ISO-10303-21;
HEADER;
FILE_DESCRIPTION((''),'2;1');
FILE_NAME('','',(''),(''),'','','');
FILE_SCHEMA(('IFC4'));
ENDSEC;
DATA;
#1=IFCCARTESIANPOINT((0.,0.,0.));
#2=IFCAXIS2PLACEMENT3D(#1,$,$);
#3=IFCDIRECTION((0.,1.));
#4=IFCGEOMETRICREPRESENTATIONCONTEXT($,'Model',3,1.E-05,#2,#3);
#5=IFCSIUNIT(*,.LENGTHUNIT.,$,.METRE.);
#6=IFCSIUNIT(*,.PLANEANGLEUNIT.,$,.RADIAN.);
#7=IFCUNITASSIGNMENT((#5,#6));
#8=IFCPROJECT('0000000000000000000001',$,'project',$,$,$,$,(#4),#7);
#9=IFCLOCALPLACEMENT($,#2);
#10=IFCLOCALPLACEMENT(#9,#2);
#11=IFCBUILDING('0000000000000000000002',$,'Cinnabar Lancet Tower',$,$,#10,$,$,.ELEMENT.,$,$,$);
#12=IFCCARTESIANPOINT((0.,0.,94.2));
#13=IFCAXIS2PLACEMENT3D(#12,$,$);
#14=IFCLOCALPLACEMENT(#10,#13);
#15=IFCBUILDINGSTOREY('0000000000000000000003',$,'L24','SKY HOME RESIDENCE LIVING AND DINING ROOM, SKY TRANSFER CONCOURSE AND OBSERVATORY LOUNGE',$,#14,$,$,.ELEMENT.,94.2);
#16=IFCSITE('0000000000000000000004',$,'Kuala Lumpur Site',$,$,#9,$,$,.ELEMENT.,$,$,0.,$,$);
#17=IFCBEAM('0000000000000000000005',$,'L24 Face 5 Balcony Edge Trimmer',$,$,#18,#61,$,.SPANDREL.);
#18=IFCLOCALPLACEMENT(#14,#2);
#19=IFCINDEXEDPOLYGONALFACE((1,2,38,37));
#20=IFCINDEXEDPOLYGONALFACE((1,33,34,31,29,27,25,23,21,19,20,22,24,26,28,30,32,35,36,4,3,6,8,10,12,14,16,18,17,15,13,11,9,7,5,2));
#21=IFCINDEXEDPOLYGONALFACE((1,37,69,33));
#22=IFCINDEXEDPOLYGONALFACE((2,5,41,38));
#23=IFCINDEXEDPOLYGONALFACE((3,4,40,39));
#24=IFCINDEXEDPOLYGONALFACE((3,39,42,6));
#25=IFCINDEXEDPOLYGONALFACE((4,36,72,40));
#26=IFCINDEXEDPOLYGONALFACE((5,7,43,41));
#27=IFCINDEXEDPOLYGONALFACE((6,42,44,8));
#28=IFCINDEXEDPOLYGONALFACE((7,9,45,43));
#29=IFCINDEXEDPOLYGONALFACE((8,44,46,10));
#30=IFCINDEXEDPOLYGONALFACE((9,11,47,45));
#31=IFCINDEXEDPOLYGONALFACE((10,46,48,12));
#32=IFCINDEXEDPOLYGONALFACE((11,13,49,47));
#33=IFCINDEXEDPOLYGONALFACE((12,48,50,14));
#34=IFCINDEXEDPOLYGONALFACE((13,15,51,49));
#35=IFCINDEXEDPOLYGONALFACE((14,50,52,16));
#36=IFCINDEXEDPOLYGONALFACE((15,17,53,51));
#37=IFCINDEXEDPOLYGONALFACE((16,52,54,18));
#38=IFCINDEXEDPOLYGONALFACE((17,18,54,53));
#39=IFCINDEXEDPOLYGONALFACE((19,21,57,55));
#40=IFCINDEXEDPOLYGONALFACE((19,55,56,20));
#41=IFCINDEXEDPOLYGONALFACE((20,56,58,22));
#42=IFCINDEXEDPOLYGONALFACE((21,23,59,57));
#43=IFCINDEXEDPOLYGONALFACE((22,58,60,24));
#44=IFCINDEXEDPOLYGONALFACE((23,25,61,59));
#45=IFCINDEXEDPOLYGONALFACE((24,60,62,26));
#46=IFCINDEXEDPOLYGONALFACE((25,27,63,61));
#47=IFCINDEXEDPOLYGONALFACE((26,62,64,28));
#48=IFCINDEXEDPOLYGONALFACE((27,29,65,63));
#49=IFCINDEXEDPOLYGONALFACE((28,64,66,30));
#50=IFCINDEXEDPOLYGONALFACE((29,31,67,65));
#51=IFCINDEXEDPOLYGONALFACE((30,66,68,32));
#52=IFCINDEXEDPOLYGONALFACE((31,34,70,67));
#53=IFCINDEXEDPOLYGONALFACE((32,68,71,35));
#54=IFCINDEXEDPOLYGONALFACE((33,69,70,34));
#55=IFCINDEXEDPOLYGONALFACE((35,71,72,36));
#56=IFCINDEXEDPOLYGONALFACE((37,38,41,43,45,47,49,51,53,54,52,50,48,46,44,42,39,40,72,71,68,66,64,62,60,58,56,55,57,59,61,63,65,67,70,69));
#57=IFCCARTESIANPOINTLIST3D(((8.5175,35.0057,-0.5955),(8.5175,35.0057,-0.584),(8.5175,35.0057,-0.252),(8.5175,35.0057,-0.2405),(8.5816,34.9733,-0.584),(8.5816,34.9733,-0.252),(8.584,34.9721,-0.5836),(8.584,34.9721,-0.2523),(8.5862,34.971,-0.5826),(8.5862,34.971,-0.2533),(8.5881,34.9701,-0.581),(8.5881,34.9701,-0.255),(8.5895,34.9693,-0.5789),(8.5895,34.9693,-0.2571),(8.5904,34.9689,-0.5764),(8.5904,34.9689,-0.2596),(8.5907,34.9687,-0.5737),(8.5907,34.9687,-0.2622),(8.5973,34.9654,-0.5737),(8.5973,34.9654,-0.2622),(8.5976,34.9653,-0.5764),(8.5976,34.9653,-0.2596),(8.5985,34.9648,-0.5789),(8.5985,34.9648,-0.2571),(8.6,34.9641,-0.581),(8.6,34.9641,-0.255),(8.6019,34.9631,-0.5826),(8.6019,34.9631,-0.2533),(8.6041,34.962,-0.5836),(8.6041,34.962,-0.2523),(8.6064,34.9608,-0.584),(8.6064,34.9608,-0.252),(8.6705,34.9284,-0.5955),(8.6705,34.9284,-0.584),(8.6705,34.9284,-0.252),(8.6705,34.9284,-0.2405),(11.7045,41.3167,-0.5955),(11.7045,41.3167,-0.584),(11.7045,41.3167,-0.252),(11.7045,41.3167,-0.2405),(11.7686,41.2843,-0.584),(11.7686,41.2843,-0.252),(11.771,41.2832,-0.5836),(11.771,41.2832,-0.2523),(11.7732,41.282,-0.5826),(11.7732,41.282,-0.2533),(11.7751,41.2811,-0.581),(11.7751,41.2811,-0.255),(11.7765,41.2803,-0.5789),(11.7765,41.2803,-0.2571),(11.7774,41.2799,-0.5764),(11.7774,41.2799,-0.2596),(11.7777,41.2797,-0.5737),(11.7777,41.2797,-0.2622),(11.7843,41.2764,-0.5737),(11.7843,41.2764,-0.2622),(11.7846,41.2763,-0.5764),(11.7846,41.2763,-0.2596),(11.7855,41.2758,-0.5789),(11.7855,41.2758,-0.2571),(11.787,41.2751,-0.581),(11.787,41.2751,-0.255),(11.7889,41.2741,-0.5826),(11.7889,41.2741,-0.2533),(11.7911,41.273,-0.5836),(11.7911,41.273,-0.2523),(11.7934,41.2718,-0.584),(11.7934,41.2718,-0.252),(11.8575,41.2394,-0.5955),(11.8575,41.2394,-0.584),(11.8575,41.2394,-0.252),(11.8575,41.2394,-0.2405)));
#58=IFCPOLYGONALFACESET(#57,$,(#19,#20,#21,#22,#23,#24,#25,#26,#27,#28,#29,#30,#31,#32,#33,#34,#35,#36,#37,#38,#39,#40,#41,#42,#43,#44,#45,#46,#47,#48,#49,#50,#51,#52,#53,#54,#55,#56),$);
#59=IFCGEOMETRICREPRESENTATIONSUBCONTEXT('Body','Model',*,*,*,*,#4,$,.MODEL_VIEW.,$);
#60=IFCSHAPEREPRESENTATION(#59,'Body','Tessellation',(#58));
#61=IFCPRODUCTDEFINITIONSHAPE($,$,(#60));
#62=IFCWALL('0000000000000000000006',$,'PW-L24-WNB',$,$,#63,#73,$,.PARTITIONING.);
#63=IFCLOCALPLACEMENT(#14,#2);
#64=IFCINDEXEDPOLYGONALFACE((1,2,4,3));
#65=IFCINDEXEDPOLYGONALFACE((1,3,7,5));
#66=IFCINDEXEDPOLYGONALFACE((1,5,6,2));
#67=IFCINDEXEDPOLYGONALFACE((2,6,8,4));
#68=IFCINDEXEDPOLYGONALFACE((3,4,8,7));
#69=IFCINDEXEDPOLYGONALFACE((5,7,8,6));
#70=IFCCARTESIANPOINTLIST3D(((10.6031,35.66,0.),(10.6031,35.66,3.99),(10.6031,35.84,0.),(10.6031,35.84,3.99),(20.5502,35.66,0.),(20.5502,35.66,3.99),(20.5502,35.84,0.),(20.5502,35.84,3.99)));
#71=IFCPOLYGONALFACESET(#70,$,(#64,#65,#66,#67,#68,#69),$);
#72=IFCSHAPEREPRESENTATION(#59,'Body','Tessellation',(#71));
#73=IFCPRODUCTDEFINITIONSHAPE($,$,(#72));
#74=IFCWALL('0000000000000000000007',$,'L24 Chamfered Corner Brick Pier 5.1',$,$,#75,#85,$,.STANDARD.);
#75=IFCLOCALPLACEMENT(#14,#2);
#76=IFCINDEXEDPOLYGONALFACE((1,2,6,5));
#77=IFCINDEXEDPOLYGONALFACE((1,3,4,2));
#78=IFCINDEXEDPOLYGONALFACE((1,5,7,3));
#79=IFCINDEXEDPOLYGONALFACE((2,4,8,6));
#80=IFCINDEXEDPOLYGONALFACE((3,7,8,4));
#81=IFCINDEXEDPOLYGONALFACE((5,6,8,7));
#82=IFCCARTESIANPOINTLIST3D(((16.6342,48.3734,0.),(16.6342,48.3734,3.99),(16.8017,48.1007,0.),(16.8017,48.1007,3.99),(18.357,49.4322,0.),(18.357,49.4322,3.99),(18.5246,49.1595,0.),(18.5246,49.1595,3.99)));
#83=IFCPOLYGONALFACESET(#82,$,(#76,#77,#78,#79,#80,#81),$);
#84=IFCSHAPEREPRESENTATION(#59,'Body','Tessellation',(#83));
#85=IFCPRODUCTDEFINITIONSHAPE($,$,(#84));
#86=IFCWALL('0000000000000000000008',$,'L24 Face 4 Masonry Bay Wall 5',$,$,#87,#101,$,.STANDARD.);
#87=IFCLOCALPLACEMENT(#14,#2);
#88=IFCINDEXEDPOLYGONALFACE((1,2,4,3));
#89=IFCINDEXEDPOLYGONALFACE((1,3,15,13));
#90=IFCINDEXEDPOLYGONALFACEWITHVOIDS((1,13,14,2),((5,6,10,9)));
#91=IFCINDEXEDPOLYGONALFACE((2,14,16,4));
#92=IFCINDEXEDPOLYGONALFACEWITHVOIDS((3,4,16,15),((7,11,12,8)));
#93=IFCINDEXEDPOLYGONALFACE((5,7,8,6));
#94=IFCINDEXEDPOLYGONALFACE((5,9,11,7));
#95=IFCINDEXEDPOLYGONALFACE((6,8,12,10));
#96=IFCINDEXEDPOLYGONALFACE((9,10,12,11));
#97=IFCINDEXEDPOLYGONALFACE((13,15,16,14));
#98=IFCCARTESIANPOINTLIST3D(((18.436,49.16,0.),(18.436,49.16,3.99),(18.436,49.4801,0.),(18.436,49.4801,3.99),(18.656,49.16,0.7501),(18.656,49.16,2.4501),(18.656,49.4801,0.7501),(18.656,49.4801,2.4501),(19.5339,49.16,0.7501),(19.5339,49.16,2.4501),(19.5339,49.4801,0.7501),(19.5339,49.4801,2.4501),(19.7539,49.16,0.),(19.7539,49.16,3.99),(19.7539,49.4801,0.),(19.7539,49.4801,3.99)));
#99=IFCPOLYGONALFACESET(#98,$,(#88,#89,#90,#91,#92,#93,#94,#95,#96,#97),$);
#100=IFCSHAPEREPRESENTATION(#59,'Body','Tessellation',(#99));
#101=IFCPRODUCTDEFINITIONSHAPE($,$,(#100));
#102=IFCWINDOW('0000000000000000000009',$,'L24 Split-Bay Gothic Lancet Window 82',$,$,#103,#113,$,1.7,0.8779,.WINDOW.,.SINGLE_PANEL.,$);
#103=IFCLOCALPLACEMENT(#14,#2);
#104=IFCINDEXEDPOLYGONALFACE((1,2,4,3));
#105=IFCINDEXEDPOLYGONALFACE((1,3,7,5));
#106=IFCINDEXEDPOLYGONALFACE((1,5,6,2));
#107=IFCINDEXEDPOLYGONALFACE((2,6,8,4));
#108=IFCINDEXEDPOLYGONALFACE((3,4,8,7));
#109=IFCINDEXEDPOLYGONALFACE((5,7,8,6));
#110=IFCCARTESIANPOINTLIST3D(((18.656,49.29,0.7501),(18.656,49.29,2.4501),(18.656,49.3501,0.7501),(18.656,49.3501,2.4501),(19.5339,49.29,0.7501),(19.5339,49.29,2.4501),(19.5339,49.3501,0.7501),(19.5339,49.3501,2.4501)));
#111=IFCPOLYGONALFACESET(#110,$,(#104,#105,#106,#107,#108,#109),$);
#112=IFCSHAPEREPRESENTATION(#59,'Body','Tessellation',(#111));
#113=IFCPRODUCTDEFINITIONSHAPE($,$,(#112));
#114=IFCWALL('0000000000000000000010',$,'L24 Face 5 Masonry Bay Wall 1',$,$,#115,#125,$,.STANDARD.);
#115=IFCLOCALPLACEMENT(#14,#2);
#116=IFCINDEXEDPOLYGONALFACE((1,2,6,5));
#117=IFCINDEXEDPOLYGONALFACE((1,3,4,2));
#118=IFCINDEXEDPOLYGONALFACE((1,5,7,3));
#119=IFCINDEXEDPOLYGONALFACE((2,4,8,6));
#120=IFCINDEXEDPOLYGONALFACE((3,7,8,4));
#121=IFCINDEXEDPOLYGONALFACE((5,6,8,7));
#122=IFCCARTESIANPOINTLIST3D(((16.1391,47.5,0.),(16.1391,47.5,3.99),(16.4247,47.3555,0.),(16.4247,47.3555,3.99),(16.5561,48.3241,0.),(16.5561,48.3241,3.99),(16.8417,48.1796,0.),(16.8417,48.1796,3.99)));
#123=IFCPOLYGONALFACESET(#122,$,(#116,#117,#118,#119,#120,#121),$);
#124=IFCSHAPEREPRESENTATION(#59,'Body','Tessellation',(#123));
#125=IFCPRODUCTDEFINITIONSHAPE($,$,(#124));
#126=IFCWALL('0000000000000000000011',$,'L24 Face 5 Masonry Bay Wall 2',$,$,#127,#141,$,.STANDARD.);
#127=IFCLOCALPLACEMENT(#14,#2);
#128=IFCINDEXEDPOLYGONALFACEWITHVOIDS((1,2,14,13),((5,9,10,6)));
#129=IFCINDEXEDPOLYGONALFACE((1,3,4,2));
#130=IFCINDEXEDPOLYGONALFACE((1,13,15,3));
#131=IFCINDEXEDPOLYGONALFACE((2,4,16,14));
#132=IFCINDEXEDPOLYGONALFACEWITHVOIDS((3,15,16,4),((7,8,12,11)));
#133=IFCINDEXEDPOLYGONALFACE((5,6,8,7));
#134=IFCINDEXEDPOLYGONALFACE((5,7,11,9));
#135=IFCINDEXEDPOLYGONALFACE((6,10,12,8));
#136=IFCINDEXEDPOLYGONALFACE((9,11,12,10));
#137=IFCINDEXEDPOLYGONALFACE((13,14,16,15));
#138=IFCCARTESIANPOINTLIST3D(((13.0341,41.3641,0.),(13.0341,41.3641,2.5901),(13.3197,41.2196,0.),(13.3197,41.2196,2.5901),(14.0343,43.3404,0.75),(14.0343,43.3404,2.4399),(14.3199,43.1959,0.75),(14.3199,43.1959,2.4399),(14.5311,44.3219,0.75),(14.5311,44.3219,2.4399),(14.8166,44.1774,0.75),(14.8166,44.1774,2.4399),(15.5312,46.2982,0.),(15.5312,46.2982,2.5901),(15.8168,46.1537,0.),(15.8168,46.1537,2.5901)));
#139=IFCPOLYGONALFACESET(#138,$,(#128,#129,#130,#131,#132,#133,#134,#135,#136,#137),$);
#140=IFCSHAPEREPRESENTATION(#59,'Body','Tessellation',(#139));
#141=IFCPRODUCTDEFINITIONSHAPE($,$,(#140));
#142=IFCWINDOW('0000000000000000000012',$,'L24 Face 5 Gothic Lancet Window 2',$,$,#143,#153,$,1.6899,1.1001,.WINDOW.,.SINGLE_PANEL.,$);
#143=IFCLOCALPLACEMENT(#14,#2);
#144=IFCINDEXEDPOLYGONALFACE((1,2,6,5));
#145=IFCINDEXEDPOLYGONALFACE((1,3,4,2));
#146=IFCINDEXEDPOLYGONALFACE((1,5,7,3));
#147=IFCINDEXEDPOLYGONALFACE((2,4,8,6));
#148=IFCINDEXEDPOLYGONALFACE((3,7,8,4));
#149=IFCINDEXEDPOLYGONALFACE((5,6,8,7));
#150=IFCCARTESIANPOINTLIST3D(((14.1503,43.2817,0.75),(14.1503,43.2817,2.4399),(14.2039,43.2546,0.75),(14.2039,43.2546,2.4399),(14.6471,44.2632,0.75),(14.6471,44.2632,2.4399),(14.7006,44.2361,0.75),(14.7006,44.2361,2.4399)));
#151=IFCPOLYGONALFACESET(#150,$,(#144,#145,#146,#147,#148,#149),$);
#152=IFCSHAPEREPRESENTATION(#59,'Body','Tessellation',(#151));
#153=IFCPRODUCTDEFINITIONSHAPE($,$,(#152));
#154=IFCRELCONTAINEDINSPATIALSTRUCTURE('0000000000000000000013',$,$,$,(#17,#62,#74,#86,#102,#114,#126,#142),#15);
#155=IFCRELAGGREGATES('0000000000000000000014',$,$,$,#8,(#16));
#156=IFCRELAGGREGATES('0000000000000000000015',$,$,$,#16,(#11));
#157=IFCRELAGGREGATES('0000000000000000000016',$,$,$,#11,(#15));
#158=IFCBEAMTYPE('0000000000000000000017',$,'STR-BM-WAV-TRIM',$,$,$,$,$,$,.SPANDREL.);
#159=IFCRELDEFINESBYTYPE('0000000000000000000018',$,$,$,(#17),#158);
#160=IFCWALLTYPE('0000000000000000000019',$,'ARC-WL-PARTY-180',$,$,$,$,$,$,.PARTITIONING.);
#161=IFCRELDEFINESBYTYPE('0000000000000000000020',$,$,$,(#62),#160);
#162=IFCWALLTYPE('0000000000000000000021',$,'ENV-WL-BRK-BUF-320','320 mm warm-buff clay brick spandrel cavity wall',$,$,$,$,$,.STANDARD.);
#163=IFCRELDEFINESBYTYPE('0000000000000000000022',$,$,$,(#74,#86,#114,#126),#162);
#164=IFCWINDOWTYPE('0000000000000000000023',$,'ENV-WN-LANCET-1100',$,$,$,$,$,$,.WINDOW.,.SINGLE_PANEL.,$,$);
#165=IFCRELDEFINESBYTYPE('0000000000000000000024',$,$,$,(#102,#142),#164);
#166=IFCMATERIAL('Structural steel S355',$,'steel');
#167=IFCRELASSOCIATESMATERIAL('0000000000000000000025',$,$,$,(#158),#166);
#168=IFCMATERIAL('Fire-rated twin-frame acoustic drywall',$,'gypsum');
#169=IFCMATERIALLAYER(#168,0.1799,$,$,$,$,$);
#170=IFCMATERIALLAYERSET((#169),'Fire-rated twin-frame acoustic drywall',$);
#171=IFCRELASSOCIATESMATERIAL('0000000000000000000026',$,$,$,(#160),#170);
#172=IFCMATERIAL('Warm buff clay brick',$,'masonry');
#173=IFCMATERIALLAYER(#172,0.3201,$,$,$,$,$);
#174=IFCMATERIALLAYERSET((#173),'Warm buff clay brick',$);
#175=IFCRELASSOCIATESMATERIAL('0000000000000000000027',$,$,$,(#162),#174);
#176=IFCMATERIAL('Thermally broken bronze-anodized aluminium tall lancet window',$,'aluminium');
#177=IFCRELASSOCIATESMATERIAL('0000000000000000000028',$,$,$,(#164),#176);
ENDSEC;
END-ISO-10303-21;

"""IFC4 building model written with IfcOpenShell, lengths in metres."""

from ifc_helpers import new_model, si_unit, direction, frame, frame_2d, origin, origin_2d, place, context, subcontext, project, spatial, rectangle, i_section, extrude, material, layer, layer_set, material_profile, profile_set, type_object, element, fill, save


model = new_model("IFC4")

# Units and contexts
model_context = context("Model", 3, precision=1e-05, world=origin(), true_north=direction((0.0, 1.0)))
body_context = subcontext(model_context, "Body", "Model", "MODEL_VIEW")
ifc_project = project(units=[si_unit("LENGTHUNIT", "METRE"), si_unit("PLANEANGLEUNIT", "RADIAN")], contexts=[model_context])

# Site, building, storey
site_placement = place(None, origin())
site = spatial("IfcSite", under=ifc_project, at=site_placement, Name="Kuala Lumpur Site", CompositionType="ELEMENT", RefElevation=0.0)
building_placement = place(site_placement, origin())
building = spatial("IfcBuilding", under=site, at=building_placement, Name="Cinnabar Lancet Tower", CompositionType="ELEMENT")
storey_placement = place(building_placement, frame((0.0, 0.0, 94.2)))
storey = spatial("IfcBuildingStorey", under=building, at=storey_placement, Name="L24", Description="SKY HOME RESIDENCE LIVING AND DINING ROOM, SKY TRANSFER CONCOURSE AND OBSERVATORY LOUNGE", CompositionType="ELEMENT", Elevation=94.2)

# Beam
ifc_material_1 = material(Name="Structural steel S355", Category="steel")
ifc_material_profile_1 = material_profile(ifc_material_1, i_section(OverallWidth=0.1714, OverallDepth=0.355, WebThickness=0.0073, FlangeThickness=0.0115, FilletRadius=0.0103, at=origin_2d()), Name="UKB 356x171x51")
ifc_profile_set_1 = profile_set([ifc_material_profile_1], Name="Structural steel S355")
beam_type_1 = type_object("IfcBeamType", Name="STR-BM-WAV-TRIM", PredefinedType="SPANDREL", material=ifc_profile_set_1)
beam_1_placement = place(storey_placement, frame((11.781, 41.2781, -0.418), z_axis=(-0.450774, -0.892638, 0.0), x_axis=(0.892638, -0.450774, 0.0)))
element("IfcBeam", 1, at=beam_1_placement, inside=storey, type_object=beam_type_1, Name="L24 Face 5 Balcony Edge Trimmer", PredefinedType="SPANDREL", context=body_context, shape_type="SweptSolid", body=[
    extrude(i_section(OverallWidth=0.1714, OverallDepth=0.355, WebThickness=0.0073, FlangeThickness=0.0115, FilletRadius=0.0103, at=origin_2d()), origin(), (0.0, 0.0, 1.0), 7.0701),
])

# Walls
ifc_material_2 = material(Name="Fire-rated twin-frame acoustic drywall", Category="gypsum")
ifc_layer_1 = layer(ifc_material_2, 0.1799)
ifc_layer_set_1 = layer_set([ifc_layer_1], Name="Fire-rated twin-frame acoustic drywall")
wall_type_1 = type_object("IfcWallType", Name="ARC-WL-PARTY-180", PredefinedType="PARTITIONING", material=ifc_layer_set_1)
wall_1_placement = place(storey_placement, frame((10.603, 35.75, 0.0), z_axis=(0.0, 0.0, 1.0), x_axis=(1.0, 0.0, 0.0)))
element("IfcWall", 2, at=wall_1_placement, inside=storey, type_object=wall_type_1, Name="PW-L24-WNB", PredefinedType="PARTITIONING", context=body_context, shape_type="SweptSolid", body=[
    extrude(rectangle(XDim=9.947, YDim=0.1799, at=frame_2d((4.9736, 0.0))), origin(), (0.0, 0.0, 1.0), 3.99),
])
ifc_material_3 = material(Name="Warm buff clay brick", Category="masonry")
ifc_layer_2 = layer(ifc_material_3, 0.3201)
ifc_layer_set_2 = layer_set([ifc_layer_2], Name="Warm buff clay brick")
wall_type_2 = type_object("IfcWallType", Name="ENV-WL-BRK-BUF-320", Description="320 mm warm-buff clay brick spandrel cavity wall", PredefinedType="STANDARD", material=ifc_layer_set_2)
wall_2_placement = place(storey_placement, frame((18.4409, 49.2959, 0.0), z_axis=(0.0, 0.0, 1.0), x_axis=(-0.851969, -0.523592, 0.0)))
element("IfcWall", 3, at=wall_2_placement, inside=storey, type_object=wall_type_2, Name="L24 Chamfered Corner Brick Pier 5.1", PredefinedType="STANDARD", context=body_context, shape_type="SweptSolid", body=[
    extrude(rectangle(XDim=2.0222, YDim=0.3201, at=frame_2d((1.0112, 0.0))), origin(), (0.0, 0.0, 1.0), 3.99),
])

# Wall, opening, window
wall_3_placement = place(storey_placement, frame((19.7539, 49.3201, 0.0), z_axis=(0.0, 0.0, 1.0), x_axis=(-1.0, 0.0, 0.0)))
wall_3 = element("IfcWall", 4, at=wall_3_placement, inside=storey, type_object=wall_type_2, Name="L24 Face 4 Masonry Bay Wall 5", PredefinedType="STANDARD", context=body_context, shape_type="SweptSolid", body=[
    extrude(rectangle(XDim=1.3179, YDim=0.3201, at=frame_2d((0.6589, 0.0))), origin(), (0.0, 0.0, 1.0), 3.99),
])
opening_1_placement = place(wall_3_placement, frame((0.22, 0.0, 0.75)))
opening_1 = element("IfcOpeningElement", 5, at=opening_1_placement, cuts=wall_3, PredefinedType="OPENING", context=body_context, shape_type="SweptSolid", body=[
    extrude(rectangle(XDim=0.8779, YDim=1.7, at=frame_2d((0.439, 0.8501))), frame((0.0, 0.1699, 0.0), z_axis=(0.0, -1.0, 0.0), x_axis=(1.0, 0.0, 0.0)), (0.0, 0.0, 1.0), 0.3401),
])
ifc_material_4 = material(Name="Thermally broken bronze-anodized aluminium tall lancet window", Category="aluminium")
window_type = type_object("IfcWindowType", Name="ENV-WN-LANCET-1100", PartitioningType="SINGLE_PANEL", PredefinedType="WINDOW", material=ifc_material_4)
window_1_placement = place(opening_1_placement, origin())
window_1 = element("IfcWindow", 6, at=window_1_placement, inside=storey, type_object=window_type, Name="L24 Split-Bay Gothic Lancet Window 82", OverallHeight=1.7, OverallWidth=0.8779, PartitioningType="SINGLE_PANEL", PredefinedType="WINDOW", context=body_context, shape_type="SweptSolid", body=[
    extrude(rectangle(XDim=0.8779, YDim=1.7, at=frame_2d((0.439, 0.8501))), frame((0.0, 0.03, 0.0), z_axis=(0.0, -1.0, 0.0), x_axis=(1.0, 0.0, 0.0)), (0.0, 0.0, 1.0), 0.0601),
])
fill(opening_1, window_1)

# Wall
wall_4_placement = place(storey_placement, frame((16.699, 48.252, 0.0), z_axis=(0.0, 0.0, 1.0), x_axis=(-0.451544, -0.892249, 0.0)))
element("IfcWall", 7, at=wall_4_placement, inside=storey, type_object=wall_type_2, Name="L24 Face 5 Masonry Bay Wall 1", PredefinedType="STANDARD", context=body_context, shape_type="SweptSolid", body=[
    extrude(rectangle(XDim=0.9236, YDim=0.3201, at=frame_2d((0.4619, 0.0))), origin(), (0.0, 0.0, 1.0), 3.99),
])

# Wall, opening, window
wall_5_placement = place(storey_placement, frame((15.6741, 46.2261, 0.0), z_axis=(0.0, 0.0, 1.0), x_axis=(-0.451553, -0.892245, 0.0)))
wall_5 = element("IfcWall", 8, at=wall_5_placement, inside=storey, type_object=wall_type_2, Name="L24 Face 5 Masonry Bay Wall 2", PredefinedType="STANDARD", context=body_context, shape_type="SweptSolid", body=[
    extrude(rectangle(XDim=5.53, YDim=0.3201, at=frame_2d((2.7651, 0.0))), origin(), (0.0, 0.0, 1.0), 2.5901),
])
opening_2_placement = place(wall_5_placement, frame((2.2151, 0.0, 0.75)))
opening_2 = element("IfcOpeningElement", 9, at=opening_2_placement, cuts=wall_5, PredefinedType="OPENING", context=body_context, shape_type="SweptSolid", body=[
    extrude(rectangle(XDim=1.1001, YDim=1.6899, at=frame_2d((0.55, 0.845))), frame((0.0, 0.1699, 0.0), z_axis=(0.0, -1.0, 0.0), x_axis=(1.0, 0.0, 0.0)), (0.0, 0.0, 1.0), 0.3401),
])
window_2_placement = place(opening_2_placement, origin())
window_2 = element("IfcWindow", 10, at=window_2_placement, inside=storey, type_object=window_type, Name="L24 Face 5 Gothic Lancet Window 2", OverallHeight=1.6899, OverallWidth=1.1001, PartitioningType="SINGLE_PANEL", PredefinedType="WINDOW", context=body_context, shape_type="SweptSolid", body=[
    extrude(rectangle(XDim=1.1001, YDim=1.6899, at=frame_2d((0.55, 0.845))), frame((0.0, 0.03, 0.0), z_axis=(0.0, -1.0, 0.0), x_axis=(1.0, 0.0, 0.0)), (0.0, 0.0, 1.0), 0.0601),
])
fill(opening_2, window_2)

save(model, "model.ifc")
